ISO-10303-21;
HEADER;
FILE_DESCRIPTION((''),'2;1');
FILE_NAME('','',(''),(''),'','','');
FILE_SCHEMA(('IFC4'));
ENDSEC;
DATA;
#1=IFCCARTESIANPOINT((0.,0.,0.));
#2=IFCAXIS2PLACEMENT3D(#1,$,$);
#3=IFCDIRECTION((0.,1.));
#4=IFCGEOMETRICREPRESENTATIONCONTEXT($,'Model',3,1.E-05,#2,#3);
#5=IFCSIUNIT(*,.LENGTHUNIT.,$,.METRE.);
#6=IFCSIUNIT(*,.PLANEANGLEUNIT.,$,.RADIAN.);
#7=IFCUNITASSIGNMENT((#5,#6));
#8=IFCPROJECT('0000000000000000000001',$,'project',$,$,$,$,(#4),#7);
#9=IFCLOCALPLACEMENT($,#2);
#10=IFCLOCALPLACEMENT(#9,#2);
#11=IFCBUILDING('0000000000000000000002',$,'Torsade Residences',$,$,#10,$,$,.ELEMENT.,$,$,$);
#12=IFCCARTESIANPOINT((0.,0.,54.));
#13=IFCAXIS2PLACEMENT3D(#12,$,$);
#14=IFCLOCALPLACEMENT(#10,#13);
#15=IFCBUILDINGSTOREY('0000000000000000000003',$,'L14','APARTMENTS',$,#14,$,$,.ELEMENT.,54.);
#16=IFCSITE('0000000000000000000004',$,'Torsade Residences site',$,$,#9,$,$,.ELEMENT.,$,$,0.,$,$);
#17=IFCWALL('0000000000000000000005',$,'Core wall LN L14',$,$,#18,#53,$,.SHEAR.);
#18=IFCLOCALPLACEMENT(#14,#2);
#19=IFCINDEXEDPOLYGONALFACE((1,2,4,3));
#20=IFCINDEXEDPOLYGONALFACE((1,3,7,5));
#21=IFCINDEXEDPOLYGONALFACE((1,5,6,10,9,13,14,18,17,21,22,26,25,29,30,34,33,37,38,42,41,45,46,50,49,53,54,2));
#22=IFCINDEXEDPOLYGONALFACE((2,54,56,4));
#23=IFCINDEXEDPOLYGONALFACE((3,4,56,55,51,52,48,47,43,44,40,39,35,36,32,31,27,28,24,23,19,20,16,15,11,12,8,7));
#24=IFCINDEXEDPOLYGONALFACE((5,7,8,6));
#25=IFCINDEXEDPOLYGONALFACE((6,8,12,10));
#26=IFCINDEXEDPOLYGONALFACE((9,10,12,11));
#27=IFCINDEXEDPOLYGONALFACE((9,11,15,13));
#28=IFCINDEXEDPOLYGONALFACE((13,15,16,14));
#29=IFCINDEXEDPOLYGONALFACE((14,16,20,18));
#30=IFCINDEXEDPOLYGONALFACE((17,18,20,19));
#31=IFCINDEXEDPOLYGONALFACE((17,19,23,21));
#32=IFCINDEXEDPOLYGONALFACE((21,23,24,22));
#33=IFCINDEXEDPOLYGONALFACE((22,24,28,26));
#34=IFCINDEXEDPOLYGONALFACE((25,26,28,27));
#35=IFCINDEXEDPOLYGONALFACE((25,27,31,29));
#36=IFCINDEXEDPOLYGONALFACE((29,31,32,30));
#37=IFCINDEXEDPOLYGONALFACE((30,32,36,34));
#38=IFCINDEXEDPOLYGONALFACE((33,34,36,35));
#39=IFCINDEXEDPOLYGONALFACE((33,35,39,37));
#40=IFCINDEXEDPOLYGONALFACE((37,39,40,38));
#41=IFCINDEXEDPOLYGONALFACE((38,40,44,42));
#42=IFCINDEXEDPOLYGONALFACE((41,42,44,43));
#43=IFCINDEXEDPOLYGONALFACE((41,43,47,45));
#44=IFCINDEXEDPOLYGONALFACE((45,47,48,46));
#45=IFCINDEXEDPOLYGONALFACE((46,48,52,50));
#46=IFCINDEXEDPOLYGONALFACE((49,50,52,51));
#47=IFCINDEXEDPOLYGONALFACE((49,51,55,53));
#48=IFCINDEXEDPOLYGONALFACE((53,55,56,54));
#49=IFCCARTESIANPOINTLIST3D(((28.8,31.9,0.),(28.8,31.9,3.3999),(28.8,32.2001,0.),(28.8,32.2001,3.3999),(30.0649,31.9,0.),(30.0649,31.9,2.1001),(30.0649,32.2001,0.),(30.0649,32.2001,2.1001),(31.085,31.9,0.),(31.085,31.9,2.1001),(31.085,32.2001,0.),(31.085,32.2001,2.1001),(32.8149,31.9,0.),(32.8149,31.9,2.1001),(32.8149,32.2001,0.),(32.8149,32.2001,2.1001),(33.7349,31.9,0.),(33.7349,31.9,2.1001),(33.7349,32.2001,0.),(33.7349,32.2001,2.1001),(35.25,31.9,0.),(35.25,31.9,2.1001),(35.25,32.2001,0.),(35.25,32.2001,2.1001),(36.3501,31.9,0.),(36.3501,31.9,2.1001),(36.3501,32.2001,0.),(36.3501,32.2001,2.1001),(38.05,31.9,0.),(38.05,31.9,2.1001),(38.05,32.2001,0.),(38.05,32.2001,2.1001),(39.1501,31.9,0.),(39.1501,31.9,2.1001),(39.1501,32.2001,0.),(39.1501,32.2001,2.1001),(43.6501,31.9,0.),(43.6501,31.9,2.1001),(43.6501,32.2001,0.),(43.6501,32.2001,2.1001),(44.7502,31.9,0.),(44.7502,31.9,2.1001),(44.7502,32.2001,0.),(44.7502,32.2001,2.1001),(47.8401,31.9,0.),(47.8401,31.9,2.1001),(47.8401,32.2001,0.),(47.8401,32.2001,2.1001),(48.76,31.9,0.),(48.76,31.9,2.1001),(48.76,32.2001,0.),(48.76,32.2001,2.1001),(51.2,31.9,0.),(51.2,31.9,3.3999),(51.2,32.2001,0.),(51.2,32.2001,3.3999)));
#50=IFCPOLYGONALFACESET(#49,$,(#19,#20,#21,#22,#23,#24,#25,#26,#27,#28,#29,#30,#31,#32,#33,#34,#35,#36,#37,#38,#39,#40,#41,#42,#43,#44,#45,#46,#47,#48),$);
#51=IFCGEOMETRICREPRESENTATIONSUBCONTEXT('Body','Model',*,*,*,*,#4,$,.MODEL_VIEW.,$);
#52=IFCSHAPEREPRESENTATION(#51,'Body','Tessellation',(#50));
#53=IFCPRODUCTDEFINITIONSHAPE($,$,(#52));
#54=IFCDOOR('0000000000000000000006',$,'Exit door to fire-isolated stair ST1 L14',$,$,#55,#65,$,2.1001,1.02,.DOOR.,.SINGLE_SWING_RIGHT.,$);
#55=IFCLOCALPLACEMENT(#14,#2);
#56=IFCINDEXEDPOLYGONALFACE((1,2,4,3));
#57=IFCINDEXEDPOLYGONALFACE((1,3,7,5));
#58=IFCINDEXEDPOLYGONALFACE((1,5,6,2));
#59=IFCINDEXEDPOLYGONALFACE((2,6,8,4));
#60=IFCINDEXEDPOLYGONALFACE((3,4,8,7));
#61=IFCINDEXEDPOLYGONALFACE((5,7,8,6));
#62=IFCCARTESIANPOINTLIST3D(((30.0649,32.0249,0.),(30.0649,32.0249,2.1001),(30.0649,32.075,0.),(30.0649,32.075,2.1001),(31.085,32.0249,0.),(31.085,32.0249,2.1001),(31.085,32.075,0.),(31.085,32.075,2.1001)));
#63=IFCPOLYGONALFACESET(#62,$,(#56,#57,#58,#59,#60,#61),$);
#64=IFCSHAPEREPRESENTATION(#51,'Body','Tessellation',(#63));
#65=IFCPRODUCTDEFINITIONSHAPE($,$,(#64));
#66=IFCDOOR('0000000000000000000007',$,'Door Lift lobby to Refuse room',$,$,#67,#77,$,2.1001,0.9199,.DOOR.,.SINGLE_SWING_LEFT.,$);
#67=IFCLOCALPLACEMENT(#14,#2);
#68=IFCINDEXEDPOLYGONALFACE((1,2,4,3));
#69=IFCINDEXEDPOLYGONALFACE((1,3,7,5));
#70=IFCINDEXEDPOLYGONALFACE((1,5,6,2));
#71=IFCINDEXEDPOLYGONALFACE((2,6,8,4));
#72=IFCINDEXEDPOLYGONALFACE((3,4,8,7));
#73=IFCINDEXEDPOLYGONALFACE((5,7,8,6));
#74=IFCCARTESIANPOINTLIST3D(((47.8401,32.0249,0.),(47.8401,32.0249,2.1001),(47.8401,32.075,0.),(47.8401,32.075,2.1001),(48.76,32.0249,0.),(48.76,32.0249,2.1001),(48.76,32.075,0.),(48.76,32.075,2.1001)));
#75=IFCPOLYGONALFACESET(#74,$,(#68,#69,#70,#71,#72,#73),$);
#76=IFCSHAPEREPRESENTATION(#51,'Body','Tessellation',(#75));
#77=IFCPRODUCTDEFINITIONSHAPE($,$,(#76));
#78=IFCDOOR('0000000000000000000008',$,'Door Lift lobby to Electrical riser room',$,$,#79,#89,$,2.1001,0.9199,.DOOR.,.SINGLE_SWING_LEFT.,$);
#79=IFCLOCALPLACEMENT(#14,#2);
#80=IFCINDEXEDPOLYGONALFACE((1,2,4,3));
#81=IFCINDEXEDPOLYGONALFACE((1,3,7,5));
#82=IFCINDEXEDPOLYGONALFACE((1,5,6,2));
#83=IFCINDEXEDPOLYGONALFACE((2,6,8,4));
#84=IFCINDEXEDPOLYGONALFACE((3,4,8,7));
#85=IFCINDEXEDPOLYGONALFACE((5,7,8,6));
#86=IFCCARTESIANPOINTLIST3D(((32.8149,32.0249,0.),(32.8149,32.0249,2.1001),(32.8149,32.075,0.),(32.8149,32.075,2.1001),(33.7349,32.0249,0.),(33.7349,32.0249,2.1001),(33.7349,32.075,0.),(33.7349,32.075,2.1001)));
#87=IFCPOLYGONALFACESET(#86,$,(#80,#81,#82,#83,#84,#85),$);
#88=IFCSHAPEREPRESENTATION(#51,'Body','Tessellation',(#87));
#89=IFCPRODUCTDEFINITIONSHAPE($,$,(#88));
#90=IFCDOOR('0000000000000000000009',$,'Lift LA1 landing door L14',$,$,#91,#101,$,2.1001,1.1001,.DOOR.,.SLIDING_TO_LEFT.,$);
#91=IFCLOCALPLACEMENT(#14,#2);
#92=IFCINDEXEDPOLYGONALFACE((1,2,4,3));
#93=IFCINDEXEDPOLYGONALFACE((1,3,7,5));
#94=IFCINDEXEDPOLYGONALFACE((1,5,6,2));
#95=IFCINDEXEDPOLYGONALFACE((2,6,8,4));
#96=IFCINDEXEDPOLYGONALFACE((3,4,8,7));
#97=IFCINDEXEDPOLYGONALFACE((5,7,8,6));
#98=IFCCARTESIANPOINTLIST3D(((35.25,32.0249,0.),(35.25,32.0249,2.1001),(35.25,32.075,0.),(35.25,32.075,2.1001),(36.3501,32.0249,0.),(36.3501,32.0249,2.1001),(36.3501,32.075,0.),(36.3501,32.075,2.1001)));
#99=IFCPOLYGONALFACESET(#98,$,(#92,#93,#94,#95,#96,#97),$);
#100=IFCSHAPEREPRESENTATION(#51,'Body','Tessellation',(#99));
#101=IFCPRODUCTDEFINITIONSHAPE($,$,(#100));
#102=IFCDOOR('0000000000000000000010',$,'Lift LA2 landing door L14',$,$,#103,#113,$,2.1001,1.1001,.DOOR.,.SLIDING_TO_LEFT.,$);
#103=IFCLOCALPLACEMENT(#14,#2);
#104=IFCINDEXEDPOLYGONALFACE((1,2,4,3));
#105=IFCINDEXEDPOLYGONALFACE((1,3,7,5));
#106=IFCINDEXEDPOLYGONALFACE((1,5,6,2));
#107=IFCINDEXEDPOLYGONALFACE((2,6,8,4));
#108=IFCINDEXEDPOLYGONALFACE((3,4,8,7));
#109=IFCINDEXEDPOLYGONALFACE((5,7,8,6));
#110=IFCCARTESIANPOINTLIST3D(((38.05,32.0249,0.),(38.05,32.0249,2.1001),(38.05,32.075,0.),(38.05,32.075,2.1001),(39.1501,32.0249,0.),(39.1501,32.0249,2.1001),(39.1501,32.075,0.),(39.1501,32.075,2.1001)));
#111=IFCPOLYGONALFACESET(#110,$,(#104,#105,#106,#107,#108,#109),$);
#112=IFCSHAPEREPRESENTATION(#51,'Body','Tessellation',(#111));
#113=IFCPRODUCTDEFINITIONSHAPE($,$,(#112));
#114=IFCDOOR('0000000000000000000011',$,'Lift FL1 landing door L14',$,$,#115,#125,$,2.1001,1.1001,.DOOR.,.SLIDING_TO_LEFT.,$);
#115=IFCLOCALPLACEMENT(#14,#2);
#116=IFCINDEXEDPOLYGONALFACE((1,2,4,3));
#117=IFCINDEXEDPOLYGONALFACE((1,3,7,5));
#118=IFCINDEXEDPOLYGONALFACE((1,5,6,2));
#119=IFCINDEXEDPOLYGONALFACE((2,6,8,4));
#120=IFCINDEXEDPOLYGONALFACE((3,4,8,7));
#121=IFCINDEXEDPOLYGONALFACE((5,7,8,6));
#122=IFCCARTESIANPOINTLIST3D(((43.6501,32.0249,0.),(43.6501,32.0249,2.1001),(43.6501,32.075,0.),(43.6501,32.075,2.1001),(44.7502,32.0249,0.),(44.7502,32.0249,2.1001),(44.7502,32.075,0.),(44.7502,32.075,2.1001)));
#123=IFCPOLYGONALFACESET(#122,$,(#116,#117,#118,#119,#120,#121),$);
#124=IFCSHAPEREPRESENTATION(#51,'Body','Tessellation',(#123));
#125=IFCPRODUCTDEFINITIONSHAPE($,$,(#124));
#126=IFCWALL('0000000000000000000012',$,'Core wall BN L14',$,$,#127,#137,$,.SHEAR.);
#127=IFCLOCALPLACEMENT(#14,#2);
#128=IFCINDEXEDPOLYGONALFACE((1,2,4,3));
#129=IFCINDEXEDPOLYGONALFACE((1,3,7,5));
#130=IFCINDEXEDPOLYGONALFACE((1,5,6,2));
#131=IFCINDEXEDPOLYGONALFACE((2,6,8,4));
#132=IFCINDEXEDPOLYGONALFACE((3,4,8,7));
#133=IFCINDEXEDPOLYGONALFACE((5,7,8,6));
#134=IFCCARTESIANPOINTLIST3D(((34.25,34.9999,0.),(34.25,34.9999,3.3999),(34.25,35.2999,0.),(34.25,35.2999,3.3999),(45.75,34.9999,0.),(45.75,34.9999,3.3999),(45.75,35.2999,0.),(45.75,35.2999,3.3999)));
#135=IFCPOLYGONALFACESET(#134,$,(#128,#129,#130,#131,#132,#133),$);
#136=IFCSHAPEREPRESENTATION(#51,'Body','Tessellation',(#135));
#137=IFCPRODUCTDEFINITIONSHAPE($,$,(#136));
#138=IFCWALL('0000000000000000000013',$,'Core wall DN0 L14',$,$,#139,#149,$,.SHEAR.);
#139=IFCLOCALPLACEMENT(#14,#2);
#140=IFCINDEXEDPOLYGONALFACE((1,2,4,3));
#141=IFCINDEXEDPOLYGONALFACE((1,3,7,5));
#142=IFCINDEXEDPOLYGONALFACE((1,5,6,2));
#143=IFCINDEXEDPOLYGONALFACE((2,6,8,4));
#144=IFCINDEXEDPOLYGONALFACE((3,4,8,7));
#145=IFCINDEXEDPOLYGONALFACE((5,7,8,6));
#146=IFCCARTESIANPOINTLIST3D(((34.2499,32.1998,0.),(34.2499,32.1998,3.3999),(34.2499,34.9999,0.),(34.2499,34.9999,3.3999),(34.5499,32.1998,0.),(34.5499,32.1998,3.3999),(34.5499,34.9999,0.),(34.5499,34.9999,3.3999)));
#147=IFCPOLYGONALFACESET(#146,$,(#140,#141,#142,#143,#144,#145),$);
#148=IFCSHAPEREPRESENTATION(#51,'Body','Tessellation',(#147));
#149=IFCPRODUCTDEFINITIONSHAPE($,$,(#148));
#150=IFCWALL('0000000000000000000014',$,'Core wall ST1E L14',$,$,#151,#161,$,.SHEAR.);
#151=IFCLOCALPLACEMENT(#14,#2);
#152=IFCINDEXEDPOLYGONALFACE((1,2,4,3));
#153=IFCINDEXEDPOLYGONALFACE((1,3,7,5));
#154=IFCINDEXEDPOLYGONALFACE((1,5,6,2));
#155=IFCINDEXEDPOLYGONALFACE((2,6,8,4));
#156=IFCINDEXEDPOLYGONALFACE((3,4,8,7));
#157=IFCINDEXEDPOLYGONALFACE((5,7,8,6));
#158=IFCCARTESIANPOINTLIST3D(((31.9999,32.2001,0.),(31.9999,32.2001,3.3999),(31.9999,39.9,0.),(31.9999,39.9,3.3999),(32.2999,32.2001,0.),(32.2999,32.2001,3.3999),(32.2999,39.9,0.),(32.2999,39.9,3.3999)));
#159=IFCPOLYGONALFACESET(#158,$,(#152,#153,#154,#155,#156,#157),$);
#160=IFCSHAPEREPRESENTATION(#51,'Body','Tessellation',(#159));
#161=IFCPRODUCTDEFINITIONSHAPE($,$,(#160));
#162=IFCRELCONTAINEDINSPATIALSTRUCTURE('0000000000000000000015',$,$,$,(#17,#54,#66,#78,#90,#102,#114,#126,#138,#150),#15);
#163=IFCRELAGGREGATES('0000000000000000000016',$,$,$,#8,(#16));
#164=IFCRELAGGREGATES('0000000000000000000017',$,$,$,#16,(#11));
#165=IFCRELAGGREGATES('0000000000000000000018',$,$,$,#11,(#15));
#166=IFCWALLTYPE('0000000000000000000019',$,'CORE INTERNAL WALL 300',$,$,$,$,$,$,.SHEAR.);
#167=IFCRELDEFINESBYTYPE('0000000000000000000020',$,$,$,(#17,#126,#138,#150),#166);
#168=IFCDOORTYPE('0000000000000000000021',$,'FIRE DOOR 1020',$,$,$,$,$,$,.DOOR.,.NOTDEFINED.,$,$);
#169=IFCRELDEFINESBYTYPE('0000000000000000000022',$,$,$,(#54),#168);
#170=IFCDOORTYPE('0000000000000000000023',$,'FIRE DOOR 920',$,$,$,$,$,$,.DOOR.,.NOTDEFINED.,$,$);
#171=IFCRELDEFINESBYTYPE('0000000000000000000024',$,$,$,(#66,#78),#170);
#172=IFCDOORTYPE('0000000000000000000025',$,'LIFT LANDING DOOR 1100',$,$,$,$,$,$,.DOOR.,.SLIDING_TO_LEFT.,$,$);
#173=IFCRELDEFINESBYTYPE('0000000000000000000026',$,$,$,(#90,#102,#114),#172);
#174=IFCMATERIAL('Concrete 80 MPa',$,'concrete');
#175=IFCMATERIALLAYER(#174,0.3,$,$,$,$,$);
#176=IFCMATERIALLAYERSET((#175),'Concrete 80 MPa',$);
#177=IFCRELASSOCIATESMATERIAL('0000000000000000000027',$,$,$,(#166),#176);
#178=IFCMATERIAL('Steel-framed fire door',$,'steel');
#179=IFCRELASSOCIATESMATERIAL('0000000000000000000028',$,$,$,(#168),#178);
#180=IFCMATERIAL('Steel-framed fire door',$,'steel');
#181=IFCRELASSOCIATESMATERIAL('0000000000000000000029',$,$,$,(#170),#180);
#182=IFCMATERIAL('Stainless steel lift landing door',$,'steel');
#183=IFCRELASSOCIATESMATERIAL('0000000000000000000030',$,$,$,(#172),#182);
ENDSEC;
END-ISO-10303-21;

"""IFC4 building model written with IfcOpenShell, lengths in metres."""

from ifc_helpers import new_model, si_unit, direction, frame, frame_2d, origin, place, context, subcontext, project, spatial, rectangle, extrude, material, layer, layer_set, type_object, element, fill, save


model = new_model("IFC4")

# Units and contexts
model_context = context("Model", 3, precision=1e-05, world=origin(), true_north=direction((0.0, 1.0)))
body_context = subcontext(model_context, "Body", "Model", "MODEL_VIEW")
ifc_project = project(units=[si_unit("LENGTHUNIT", "METRE"), si_unit("PLANEANGLEUNIT", "RADIAN")], contexts=[model_context])

# Site, building, storey
site_placement = place(None, origin())
site = spatial("IfcSite", under=ifc_project, at=site_placement, Name="Torsade Residences site", CompositionType="ELEMENT", RefElevation=0.0)
building_placement = place(site_placement, origin())
building = spatial("IfcBuilding", under=site, at=building_placement, Name="Torsade Residences", CompositionType="ELEMENT")
storey_placement = place(building_placement, frame((0.0, 0.0, 54.0)))
storey = spatial("IfcBuildingStorey", under=building, at=storey_placement, Name="L14", Description="APARTMENTS", CompositionType="ELEMENT", Elevation=54.0)

# Wall, openings, doors
ifc_material_1 = material(Name="Concrete 80 MPa", Category="concrete")
ifc_layer_1 = layer(ifc_material_1, 0.3)
ifc_layer_set_1 = layer_set([ifc_layer_1], Name="Concrete 80 MPa")
wall_type_1 = type_object("IfcWallType", Name="CORE INTERNAL WALL 300", PredefinedType="SHEAR", material=ifc_layer_set_1)
wall_1_placement = place(storey_placement, frame((28.8, 32.05, 0.0), z_axis=(0.0, 0.0, 1.0), x_axis=(1.0, 0.0, 0.0)))
wall_1 = element("IfcWall", 1, at=wall_1_placement, inside=storey, type_object=wall_type_1, Name="Core wall LN L14", PredefinedType="SHEAR", context=body_context, shape_type="SweptSolid", body=[
    extrude(rectangle(XDim=22.3999, YDim=0.3, at=frame_2d((11.2, 0.0))), origin(), (0.0, 0.0, 1.0), 3.3999),
])
opening_1_placement = place(wall_1_placement, frame((19.04, 0.0, 0.0)))
opening_1 = element("IfcOpeningElement", 2, at=opening_1_placement, cuts=wall_1, PredefinedType="OPENING", context=body_context, shape_type="SweptSolid", body=[
    extrude(rectangle(XDim=0.9199, YDim=2.1001, at=frame_2d((0.46, 1.05))), frame((0.0, 0.1599, 0.0), z_axis=(0.0, -1.0, 0.0), x_axis=(1.0, 0.0, 0.0)), (0.0, 0.0, 1.0), 0.3201),
])
opening_2_placement = place(wall_1_placement, frame((1.2649, 0.0, 0.0)))
opening_2 = element("IfcOpeningElement", 3, at=opening_2_placement, cuts=wall_1, PredefinedType="OPENING", context=body_context, shape_type="SweptSolid", body=[
    extrude(rectangle(XDim=1.02, YDim=2.1001, at=frame_2d((0.51, 1.05))), frame((0.0, 0.1599, 0.0), z_axis=(0.0, -1.0, 0.0), x_axis=(1.0, 0.0, 0.0)), (0.0, 0.0, 1.0), 0.3201),
])
opening_3_placement = place(wall_1_placement, frame((4.0149, 0.0, 0.0)))
opening_3 = element("IfcOpeningElement", 4, at=opening_3_placement, cuts=wall_1, PredefinedType="OPENING", context=body_context, shape_type="SweptSolid", body=[
    extrude(rectangle(XDim=0.9199, YDim=2.1001, at=frame_2d((0.46, 1.05))), frame((0.0, 0.1599, 0.0), z_axis=(0.0, -1.0, 0.0), x_axis=(1.0, 0.0, 0.0)), (0.0, 0.0, 1.0), 0.3201),
])
opening_4_placement = place(wall_1_placement, frame((6.45, 0.0, 0.0)))
opening_4 = element("IfcOpeningElement", 5, at=opening_4_placement, cuts=wall_1, PredefinedType="OPENING", context=body_context, shape_type="SweptSolid", body=[
    extrude(rectangle(XDim=1.1001, YDim=2.1001, at=frame_2d((0.55, 1.05))), frame((0.0, 0.1599, 0.0), z_axis=(0.0, -1.0, 0.0), x_axis=(1.0, 0.0, 0.0)), (0.0, 0.0, 1.0), 0.3201),
])
opening_5_placement = place(wall_1_placement, frame((9.25, 0.0, 0.0)))
opening_5 = element("IfcOpeningElement", 6, at=opening_5_placement, cuts=wall_1, PredefinedType="OPENING", context=body_context, shape_type="SweptSolid", body=[
    extrude(rectangle(XDim=1.1001, YDim=2.1001, at=frame_2d((0.55, 1.05))), frame((0.0, 0.1599, 0.0), z_axis=(0.0, -1.0, 0.0), x_axis=(1.0, 0.0, 0.0)), (0.0, 0.0, 1.0), 0.3201),
])
opening_6_placement = place(wall_1_placement, frame((14.8501, 0.0, 0.0)))
opening_6 = element("IfcOpeningElement", 7, at=opening_6_placement, cuts=wall_1, PredefinedType="OPENING", context=body_context, shape_type="SweptSolid", body=[
    extrude(rectangle(XDim=1.1001, YDim=2.1001, at=frame_2d((0.55, 1.05))), frame((0.0, 0.1599, 0.0), z_axis=(0.0, -1.0, 0.0), x_axis=(1.0, 0.0, 0.0)), (0.0, 0.0, 1.0), 0.3201),
])
ifc_material_2 = material(Name="Steel-framed fire door", Category="steel")
door_type_1 = type_object("IfcDoorType", Name="FIRE DOOR 1020", OperationType="NOTDEFINED", PredefinedType="DOOR", material=ifc_material_2)
door_1_placement = place(opening_2_placement, origin())
door_1 = element("IfcDoor", 8, at=door_1_placement, inside=storey, type_object=door_type_1, Name="Exit door to fire-isolated stair ST1 L14", OperationType="SINGLE_SWING_RIGHT", OverallHeight=2.1001, OverallWidth=1.02, PredefinedType="DOOR", context=body_context, shape_type="SweptSolid", body=[
    extrude(rectangle(XDim=1.02, YDim=2.1001, at=frame_2d((0.51, 1.05))), frame((0.0, 0.0249, 0.0), z_axis=(0.0, -1.0, 0.0), x_axis=(1.0, 0.0, 0.0)), (0.0, 0.0, 1.0), 0.05),
])
fill(opening_2, door_1)
ifc_material_3 = material(Name="Steel-framed fire door", Category="steel")
door_type_2 = type_object("IfcDoorType", Name="FIRE DOOR 920", OperationType="NOTDEFINED", PredefinedType="DOOR", material=ifc_material_3)
door_2_placement = place(opening_1_placement, origin())
door_2 = element("IfcDoor", 9, at=door_2_placement, inside=storey, type_object=door_type_2, Name="Door Lift lobby to Refuse room", OperationType="SINGLE_SWING_LEFT", OverallHeight=2.1001, OverallWidth=0.9199, PredefinedType="DOOR", context=body_context, shape_type="SweptSolid", body=[
    extrude(rectangle(XDim=0.9199, YDim=2.1001, at=frame_2d((0.46, 1.05))), frame((0.0, 0.0249, 0.0), z_axis=(0.0, -1.0, 0.0), x_axis=(1.0, 0.0, 0.0)), (0.0, 0.0, 1.0), 0.05),
])
fill(opening_1, door_2)
door_3_placement = place(opening_3_placement, origin())
door_3 = element("IfcDoor", 10, at=door_3_placement, inside=storey, type_object=door_type_2, Name="Door Lift lobby to Electrical riser room", OperationType="SINGLE_SWING_LEFT", OverallHeight=2.1001, OverallWidth=0.9199, PredefinedType="DOOR", context=body_context, shape_type="SweptSolid", body=[
    extrude(rectangle(XDim=0.9199, YDim=2.1001, at=frame_2d((0.46, 1.05))), frame((0.0, 0.0249, 0.0), z_axis=(0.0, -1.0, 0.0), x_axis=(1.0, 0.0, 0.0)), (0.0, 0.0, 1.0), 0.05),
])
fill(opening_3, door_3)
ifc_material_4 = material(Name="Stainless steel lift landing door", Category="steel")
door_type_3 = type_object("IfcDoorType", Name="LIFT LANDING DOOR 1100", OperationType="SLIDING_TO_LEFT", PredefinedType="DOOR", material=ifc_material_4)
door_4_placement = place(opening_4_placement, origin())
door_4 = element("IfcDoor", 11, at=door_4_placement, inside=storey, type_object=door_type_3, Name="Lift LA1 landing door L14", OperationType="SLIDING_TO_LEFT", OverallHeight=2.1001, OverallWidth=1.1001, PredefinedType="DOOR", context=body_context, shape_type="SweptSolid", body=[
    extrude(rectangle(XDim=1.1001, YDim=2.1001, at=frame_2d((0.55, 1.05))), frame((0.0, 0.0249, 0.0), z_axis=(0.0, -1.0, 0.0), x_axis=(1.0, 0.0, 0.0)), (0.0, 0.0, 1.0), 0.05),
])
fill(opening_4, door_4)
door_5_placement = place(opening_5_placement, origin())
door_5 = element("IfcDoor", 12, at=door_5_placement, inside=storey, type_object=door_type_3, Name="Lift LA2 landing door L14", OperationType="SLIDING_TO_LEFT", OverallHeight=2.1001, OverallWidth=1.1001, PredefinedType="DOOR", context=body_context, shape_type="SweptSolid", body=[
    extrude(rectangle(XDim=1.1001, YDim=2.1001, at=frame_2d((0.55, 1.05))), frame((0.0, 0.0249, 0.0), z_axis=(0.0, -1.0, 0.0), x_axis=(1.0, 0.0, 0.0)), (0.0, 0.0, 1.0), 0.05),
])
fill(opening_5, door_5)
door_6_placement = place(opening_6_placement, origin())
door_6 = element("IfcDoor", 13, at=door_6_placement, inside=storey, type_object=door_type_3, Name="Lift FL1 landing door L14", OperationType="SLIDING_TO_LEFT", OverallHeight=2.1001, OverallWidth=1.1001, PredefinedType="DOOR", context=body_context, shape_type="SweptSolid", body=[
    extrude(rectangle(XDim=1.1001, YDim=2.1001, at=frame_2d((0.55, 1.05))), frame((0.0, 0.0249, 0.0), z_axis=(0.0, -1.0, 0.0), x_axis=(1.0, 0.0, 0.0)), (0.0, 0.0, 1.0), 0.05),
])
fill(opening_6, door_6)

# Walls
wall_2_placement = place(storey_placement, frame((34.25, 35.1499, 0.0), z_axis=(0.0, 0.0, 1.0), x_axis=(1.0, 0.0, 0.0)))
element("IfcWall", 14, at=wall_2_placement, inside=storey, type_object=wall_type_1, Name="Core wall BN L14", PredefinedType="SHEAR", context=body_context, shape_type="SweptSolid", body=[
    extrude(rectangle(XDim=11.5, YDim=0.3, at=frame_2d((5.75, 0.0))), origin(), (0.0, 0.0, 1.0), 3.3999),
])
wall_3_placement = place(storey_placement, frame((34.3999, 32.2, 0.0), z_axis=(0.0, 0.0, 1.0), x_axis=(0.0, 1.0, 0.0)))
element("IfcWall", 15, at=wall_3_placement, inside=storey, type_object=wall_type_1, Name="Core wall DN0 L14", PredefinedType="SHEAR", context=body_context, shape_type="SweptSolid", body=[
    extrude(rectangle(XDim=2.8, YDim=0.3, at=frame_2d((1.3999, 0.0))), origin(), (0.0, 0.0, 1.0), 3.3999),
])
wall_4_placement = place(storey_placement, frame((32.1499, 32.2, 0.0), z_axis=(0.0, 0.0, 1.0), x_axis=(0.0, 1.0, 0.0)))
element("IfcWall", 16, at=wall_4_placement, inside=storey, type_object=wall_type_1, Name="Core wall ST1E L14", PredefinedType="SHEAR", context=body_context, shape_type="SweptSolid", body=[
    extrude(rectangle(XDim=7.7, YDim=0.3, at=frame_2d((3.8501, 0.0))), origin(), (0.0, 0.0, 1.0), 3.3999),
])

save(model, "model.ifc")
